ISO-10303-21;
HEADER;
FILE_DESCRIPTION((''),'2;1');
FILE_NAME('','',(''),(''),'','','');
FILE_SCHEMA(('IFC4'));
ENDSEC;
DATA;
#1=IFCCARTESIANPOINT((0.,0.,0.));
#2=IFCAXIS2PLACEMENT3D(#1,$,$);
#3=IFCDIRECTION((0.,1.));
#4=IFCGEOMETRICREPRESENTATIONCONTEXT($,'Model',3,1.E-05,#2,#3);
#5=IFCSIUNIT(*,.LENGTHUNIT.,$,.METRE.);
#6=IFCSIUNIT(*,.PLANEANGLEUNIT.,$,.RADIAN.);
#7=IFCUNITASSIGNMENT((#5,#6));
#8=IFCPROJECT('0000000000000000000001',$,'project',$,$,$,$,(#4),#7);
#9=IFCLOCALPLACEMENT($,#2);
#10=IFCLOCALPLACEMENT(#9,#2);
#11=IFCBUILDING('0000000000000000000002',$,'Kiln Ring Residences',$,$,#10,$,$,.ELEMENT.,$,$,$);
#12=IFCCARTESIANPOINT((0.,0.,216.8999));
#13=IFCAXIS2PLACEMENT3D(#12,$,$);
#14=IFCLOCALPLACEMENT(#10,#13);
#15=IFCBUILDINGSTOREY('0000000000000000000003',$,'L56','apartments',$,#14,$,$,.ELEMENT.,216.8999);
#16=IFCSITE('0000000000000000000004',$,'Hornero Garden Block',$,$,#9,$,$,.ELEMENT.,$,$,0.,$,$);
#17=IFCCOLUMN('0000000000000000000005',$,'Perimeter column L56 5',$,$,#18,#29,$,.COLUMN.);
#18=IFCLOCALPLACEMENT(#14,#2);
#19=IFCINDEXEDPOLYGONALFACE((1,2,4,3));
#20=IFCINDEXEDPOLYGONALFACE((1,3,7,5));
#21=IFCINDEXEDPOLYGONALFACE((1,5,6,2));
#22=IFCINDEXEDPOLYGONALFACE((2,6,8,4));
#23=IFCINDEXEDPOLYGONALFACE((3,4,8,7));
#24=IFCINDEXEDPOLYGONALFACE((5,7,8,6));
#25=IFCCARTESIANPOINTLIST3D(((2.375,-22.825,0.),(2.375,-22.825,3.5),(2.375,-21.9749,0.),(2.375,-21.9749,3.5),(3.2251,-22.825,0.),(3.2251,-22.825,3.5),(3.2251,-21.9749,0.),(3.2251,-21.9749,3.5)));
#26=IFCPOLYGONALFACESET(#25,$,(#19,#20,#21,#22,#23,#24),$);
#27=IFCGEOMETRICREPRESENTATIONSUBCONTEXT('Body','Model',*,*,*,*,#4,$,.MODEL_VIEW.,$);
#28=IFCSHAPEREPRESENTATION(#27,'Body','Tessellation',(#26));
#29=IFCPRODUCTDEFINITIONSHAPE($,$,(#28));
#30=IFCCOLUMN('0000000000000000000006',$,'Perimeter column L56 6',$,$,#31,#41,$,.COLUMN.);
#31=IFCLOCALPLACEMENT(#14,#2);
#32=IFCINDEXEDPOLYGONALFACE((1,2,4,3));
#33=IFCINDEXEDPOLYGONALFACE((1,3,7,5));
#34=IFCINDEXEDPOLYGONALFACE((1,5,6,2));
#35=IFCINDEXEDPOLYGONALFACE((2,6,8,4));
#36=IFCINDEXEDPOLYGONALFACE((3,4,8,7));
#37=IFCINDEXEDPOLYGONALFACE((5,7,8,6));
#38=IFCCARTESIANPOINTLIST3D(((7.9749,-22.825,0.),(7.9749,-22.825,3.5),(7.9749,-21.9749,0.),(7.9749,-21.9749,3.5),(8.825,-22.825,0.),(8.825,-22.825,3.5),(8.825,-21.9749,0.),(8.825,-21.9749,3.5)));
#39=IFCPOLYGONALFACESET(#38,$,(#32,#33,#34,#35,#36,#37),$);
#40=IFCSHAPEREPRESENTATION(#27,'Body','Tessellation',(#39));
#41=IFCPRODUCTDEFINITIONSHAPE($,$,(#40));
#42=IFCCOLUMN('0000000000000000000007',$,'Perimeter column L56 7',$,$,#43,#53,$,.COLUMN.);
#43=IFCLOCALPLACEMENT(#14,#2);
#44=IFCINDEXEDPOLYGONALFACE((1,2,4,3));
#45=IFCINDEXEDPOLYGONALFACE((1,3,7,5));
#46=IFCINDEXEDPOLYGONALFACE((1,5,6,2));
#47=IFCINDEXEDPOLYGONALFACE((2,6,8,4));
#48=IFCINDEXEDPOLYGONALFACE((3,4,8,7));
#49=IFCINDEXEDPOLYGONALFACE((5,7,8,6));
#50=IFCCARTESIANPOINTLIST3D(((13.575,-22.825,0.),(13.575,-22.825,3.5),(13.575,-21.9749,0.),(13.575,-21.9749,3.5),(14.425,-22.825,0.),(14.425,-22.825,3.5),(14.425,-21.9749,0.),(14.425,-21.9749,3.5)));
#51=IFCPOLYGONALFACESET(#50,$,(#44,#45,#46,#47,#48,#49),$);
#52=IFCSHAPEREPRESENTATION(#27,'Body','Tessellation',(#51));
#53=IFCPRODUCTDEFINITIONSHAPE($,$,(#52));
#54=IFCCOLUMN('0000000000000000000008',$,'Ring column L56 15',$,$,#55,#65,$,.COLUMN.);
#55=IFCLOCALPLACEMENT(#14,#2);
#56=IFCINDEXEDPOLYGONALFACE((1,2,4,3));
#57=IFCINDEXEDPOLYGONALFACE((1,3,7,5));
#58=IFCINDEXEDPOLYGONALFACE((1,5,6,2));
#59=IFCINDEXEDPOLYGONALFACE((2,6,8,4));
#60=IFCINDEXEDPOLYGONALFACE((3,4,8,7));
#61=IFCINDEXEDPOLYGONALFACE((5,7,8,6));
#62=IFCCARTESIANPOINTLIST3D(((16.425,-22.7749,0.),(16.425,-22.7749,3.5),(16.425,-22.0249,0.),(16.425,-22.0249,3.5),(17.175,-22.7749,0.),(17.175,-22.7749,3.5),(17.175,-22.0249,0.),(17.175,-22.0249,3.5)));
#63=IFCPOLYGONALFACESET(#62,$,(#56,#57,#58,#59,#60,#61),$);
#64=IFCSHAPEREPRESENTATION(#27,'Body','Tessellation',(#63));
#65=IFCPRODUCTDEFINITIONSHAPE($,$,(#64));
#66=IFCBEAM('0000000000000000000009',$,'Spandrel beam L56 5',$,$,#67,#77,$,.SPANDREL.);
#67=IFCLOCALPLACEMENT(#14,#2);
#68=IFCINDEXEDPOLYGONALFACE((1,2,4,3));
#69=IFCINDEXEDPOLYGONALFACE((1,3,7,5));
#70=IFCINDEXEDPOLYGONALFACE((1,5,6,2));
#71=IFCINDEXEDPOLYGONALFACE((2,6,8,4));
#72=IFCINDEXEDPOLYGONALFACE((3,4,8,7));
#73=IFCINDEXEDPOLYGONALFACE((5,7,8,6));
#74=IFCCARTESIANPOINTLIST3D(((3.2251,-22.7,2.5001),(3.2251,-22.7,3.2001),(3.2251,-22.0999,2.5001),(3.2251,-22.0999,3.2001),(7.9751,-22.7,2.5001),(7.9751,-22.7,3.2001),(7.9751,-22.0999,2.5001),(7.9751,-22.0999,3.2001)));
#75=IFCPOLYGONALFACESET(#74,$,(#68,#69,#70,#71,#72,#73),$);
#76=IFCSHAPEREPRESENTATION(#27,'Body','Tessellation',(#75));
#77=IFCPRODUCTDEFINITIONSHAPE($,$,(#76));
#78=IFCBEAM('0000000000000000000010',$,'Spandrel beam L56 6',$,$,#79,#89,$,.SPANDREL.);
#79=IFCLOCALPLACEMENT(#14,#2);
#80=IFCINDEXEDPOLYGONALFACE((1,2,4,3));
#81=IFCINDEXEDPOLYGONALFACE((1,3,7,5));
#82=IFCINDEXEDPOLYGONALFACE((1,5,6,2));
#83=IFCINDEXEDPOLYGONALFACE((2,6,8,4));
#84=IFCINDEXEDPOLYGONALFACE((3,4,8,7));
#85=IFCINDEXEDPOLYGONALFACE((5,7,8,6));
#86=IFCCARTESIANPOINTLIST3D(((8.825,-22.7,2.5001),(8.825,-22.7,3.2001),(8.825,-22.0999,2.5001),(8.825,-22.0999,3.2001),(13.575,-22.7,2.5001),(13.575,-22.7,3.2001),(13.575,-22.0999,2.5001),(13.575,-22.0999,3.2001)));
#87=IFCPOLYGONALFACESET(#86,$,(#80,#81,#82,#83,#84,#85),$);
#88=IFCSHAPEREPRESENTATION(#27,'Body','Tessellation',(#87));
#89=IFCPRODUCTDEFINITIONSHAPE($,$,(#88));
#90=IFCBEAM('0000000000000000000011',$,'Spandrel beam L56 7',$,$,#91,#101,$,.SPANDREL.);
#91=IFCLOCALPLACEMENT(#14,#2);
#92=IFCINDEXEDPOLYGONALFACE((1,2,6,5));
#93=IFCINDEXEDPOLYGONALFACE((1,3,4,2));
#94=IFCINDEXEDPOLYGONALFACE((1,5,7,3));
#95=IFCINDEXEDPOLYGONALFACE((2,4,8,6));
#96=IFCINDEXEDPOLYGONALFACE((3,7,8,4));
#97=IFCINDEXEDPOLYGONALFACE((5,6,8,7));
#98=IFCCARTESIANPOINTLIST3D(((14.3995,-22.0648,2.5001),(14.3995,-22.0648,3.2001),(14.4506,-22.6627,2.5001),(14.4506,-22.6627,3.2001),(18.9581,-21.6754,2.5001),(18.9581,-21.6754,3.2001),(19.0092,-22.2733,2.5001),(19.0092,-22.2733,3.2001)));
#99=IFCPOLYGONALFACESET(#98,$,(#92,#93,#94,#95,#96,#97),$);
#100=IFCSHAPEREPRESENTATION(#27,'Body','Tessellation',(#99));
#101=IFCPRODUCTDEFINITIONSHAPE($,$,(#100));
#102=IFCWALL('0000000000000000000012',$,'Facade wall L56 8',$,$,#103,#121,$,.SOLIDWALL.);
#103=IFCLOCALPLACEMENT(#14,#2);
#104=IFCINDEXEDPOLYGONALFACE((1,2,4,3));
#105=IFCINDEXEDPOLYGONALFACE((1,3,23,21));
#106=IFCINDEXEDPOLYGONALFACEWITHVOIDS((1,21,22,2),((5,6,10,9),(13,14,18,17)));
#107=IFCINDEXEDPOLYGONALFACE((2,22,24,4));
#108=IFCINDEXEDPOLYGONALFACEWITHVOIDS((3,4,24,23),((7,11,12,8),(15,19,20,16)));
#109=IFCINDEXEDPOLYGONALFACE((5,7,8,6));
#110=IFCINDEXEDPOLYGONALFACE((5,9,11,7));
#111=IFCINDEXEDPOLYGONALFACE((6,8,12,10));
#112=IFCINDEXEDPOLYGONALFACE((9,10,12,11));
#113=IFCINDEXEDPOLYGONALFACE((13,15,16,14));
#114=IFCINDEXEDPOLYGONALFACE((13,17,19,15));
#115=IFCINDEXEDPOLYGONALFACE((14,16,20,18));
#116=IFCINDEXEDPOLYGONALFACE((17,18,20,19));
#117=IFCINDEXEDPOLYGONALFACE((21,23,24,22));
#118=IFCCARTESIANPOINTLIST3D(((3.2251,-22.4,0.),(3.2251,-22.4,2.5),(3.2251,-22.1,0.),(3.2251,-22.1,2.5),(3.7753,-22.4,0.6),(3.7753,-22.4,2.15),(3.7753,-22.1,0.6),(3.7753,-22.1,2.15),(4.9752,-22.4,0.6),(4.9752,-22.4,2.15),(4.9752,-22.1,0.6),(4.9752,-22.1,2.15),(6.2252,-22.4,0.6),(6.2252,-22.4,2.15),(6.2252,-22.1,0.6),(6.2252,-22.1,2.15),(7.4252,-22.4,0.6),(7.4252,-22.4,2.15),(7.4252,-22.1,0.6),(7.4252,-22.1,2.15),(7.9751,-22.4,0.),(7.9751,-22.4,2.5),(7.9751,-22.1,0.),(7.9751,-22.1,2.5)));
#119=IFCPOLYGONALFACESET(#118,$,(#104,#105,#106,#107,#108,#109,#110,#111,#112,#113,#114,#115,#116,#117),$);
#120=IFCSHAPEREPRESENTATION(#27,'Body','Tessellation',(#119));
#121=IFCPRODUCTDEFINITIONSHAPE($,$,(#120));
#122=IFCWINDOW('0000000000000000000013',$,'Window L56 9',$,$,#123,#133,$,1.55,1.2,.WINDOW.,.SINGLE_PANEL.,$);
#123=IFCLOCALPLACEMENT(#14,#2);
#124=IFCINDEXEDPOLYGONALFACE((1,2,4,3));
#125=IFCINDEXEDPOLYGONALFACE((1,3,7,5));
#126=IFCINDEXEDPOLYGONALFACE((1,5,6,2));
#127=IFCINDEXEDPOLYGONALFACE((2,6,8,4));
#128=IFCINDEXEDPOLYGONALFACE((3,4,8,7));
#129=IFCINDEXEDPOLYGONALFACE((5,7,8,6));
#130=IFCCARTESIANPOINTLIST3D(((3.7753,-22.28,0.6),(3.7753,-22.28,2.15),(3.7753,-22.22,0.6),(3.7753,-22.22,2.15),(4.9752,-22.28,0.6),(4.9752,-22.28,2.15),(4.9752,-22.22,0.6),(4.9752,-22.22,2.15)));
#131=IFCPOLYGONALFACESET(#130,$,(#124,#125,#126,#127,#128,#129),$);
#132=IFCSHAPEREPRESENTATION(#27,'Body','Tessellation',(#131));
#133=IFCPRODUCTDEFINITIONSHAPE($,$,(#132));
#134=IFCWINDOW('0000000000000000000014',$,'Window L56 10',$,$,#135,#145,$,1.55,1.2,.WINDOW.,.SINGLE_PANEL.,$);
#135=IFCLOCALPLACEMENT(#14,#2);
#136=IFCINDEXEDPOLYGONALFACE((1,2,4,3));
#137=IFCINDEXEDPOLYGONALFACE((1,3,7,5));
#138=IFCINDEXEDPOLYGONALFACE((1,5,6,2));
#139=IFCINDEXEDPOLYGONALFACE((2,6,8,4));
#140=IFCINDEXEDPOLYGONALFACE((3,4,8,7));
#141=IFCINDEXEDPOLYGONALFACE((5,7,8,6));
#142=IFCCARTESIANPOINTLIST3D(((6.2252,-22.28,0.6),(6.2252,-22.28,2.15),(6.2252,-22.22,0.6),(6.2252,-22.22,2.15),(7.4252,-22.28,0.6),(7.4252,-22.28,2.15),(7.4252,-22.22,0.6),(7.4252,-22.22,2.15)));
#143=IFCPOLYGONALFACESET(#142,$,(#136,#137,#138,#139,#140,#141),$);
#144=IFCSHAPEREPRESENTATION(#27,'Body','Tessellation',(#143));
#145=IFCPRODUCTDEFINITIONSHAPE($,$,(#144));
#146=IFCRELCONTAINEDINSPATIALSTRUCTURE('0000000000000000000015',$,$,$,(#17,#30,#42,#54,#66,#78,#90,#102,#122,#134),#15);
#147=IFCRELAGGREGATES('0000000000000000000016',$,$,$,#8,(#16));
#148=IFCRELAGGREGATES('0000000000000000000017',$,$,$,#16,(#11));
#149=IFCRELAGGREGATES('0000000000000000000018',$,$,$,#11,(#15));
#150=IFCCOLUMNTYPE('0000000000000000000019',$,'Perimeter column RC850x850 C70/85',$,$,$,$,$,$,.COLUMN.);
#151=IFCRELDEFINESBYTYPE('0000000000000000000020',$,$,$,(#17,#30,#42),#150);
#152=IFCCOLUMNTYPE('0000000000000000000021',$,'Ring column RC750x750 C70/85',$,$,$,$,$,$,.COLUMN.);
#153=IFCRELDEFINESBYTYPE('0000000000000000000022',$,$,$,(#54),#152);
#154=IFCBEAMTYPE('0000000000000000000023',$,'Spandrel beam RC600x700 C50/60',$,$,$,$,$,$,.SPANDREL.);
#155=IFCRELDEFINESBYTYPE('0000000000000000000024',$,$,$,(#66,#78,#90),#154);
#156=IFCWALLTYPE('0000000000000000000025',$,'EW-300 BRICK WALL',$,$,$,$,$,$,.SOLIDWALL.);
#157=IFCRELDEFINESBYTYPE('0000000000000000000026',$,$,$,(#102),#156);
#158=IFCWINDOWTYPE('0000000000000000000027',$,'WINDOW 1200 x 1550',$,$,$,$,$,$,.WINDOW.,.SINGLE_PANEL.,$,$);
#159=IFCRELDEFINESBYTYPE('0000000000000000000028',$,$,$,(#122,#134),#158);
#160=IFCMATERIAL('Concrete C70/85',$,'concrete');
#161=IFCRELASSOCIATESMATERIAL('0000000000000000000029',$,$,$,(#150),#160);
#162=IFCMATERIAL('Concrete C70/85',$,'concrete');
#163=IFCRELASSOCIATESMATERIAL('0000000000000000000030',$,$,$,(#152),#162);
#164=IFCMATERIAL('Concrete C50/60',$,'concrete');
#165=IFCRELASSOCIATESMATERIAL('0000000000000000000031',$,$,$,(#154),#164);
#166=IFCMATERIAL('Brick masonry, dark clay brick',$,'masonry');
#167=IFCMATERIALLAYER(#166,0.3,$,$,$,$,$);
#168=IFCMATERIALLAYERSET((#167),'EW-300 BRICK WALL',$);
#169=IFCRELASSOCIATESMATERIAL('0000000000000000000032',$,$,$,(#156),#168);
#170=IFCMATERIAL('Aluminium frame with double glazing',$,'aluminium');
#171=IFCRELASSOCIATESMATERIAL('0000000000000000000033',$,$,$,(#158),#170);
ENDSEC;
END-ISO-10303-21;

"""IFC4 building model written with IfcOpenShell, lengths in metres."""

from ifc_helpers import new_model, si_unit, direction, frame, frame_2d, origin, origin_2d, place, context, subcontext, project, spatial, rectangle, extrude, material, layer, layer_set, material_profile, profile_set, type_object, element, fill, save


model = new_model("IFC4")

# Units and contexts
model_context = context("Model", 3, precision=1e-05, world=origin(), true_north=direction((0.0, 1.0)))
body_context = subcontext(model_context, "Body", "Model", "MODEL_VIEW")
ifc_project = project(units=[si_unit("LENGTHUNIT", "METRE"), si_unit("PLANEANGLEUNIT", "RADIAN")], contexts=[model_context])

# Site, building, storey
site_placement = place(None, origin())
site = spatial("IfcSite", under=ifc_project, at=site_placement, Name="Hornero Garden Block", CompositionType="ELEMENT", RefElevation=0.0)
building_placement = place(site_placement, origin())
building = spatial("IfcBuilding", under=site, at=building_placement, Name="Kiln Ring Residences", CompositionType="ELEMENT")
storey_placement = place(building_placement, frame((0.0, 0.0, 216.8999)))
storey = spatial("IfcBuildingStorey", under=building, at=storey_placement, Name="L56", Description="apartments", CompositionType="ELEMENT", Elevation=216.8999)

# Columns
ifc_material_1 = material(Name="Concrete C70/85", Category="concrete")
ifc_material_profile_1 = material_profile(ifc_material_1, rectangle(XDim=0.8501, YDim=0.8501, at=origin_2d()), Name="RC850x850")
ifc_profile_set_1 = profile_set([ifc_material_profile_1], Name="Concrete C70/85")
column_type_1 = type_object("IfcColumnType", Name="Perimeter column RC850x850 C70/85", PredefinedType="COLUMN", material=ifc_profile_set_1)
for number, where, z_axis, x_axis, name in (
    (1, (2.8, -22.3999, 0.0), (0.0, 0.0, 1.0), (1.0, 0.0, 0.0), "Perimeter column L56 5"),
    (2, (8.3999, -22.3999, 0.0), (0.0, 0.0, 1.0), (1.0, 0.0, 0.0), "Perimeter column L56 6"),
    (3, (14.0, -22.3999, 0.0), (0.0, 0.0, 1.0), (1.0, 0.0, 0.0), "Perimeter column L56 7"),
):
    element("IfcColumn", number, at=place(storey_placement, frame(where, z_axis=z_axis, x_axis=x_axis)), inside=storey, type_object=column_type_1, Name=name, PredefinedType="COLUMN", context=body_context, shape_type="SweptSolid", body=[
        extrude(rectangle(XDim=0.8501, YDim=0.8501, at=origin_2d()), origin(), (0.0, 0.0, 1.0), 3.5),
    ])
ifc_material_2 = material(Name="Concrete C70/85", Category="concrete")
ifc_material_profile_2 = material_profile(ifc_material_2, rectangle(XDim=0.75, YDim=0.75, at=origin_2d()), Name="RC750x750")
ifc_profile_set_2 = profile_set([ifc_material_profile_2], Name="Concrete C70/85")
column_type_2 = type_object("IfcColumnType", Name="Ring column RC750x750 C70/85", PredefinedType="COLUMN", material=ifc_profile_set_2)
column_placement = place(storey_placement, frame((16.8, -22.3999, 0.0), z_axis=(0.0, 0.0, 1.0), x_axis=(1.0, 0.0, 0.0)))
element("IfcColumn", 4, at=column_placement, inside=storey, type_object=column_type_2, Name="Ring column L56 15", PredefinedType="COLUMN", context=body_context, shape_type="SweptSolid", body=[
    extrude(rectangle(XDim=0.75, YDim=0.75, at=origin_2d()), origin(), (0.0, 0.0, 1.0), 3.5),
])

# Beams
ifc_material_3 = material(Name="Concrete C50/60", Category="concrete")
ifc_material_profile_3 = material_profile(ifc_material_3, rectangle(XDim=0.6001, YDim=0.7, at=origin_2d()), Name="RC600x700")
ifc_profile_set_3 = profile_set([ifc_material_profile_3], Name="Concrete C50/60")
beam_type = type_object("IfcBeamType", Name="Spandrel beam RC600x700 C50/60", PredefinedType="SPANDREL", material=ifc_profile_set_3)
for number, where, z_axis, x_axis, name in (
    (5, (3.2251, -22.3999, 2.8501), (1.0, 0.0, 0.0), (0.0, 1.0, 0.0), "Spandrel beam L56 5"),
    (6, (8.825, -22.3999, 2.8501), (1.0, 0.0, 0.0), (0.0, 1.0, 0.0), "Spandrel beam L56 6"),
):
    element("IfcBeam", number, at=place(storey_placement, frame(where, z_axis=z_axis, x_axis=x_axis)), inside=storey, type_object=beam_type, Name=name, PredefinedType="SPANDREL", context=body_context, shape_type="SweptSolid", body=[
        extrude(rectangle(XDim=0.6001, YDim=0.7, at=origin_2d()), origin(), (0.0, 0.0, 1.0), 4.75),
    ])
beam_placement = place(storey_placement, frame((14.425, -22.3638, 2.8501), z_axis=(0.996371, 0.085112, 0.0), x_axis=(-0.085112, 0.996371, 0.0)))
element("IfcBeam", 7, at=beam_placement, inside=storey, type_object=beam_type, Name="Spandrel beam L56 7", PredefinedType="SPANDREL", context=body_context, shape_type="SweptSolid", body=[
    extrude(rectangle(XDim=0.6001, YDim=0.7, at=origin_2d()), origin(), (0.0, 0.0, 1.0), 4.5752),
])

# Wall, openings, windows
ifc_material_4 = material(Name="Brick masonry, dark clay brick", Category="masonry")
ifc_layer_1 = layer(ifc_material_4, 0.3)
ifc_layer_set_1 = layer_set([ifc_layer_1], Name="EW-300 BRICK WALL")
wall_type_1 = type_object("IfcWallType", Name="EW-300 BRICK WALL", PredefinedType="SOLIDWALL", material=ifc_layer_set_1)
wall_1_placement = place(storey_placement, frame((3.2251, -22.25, 0.0), z_axis=(0.0, 0.0, 1.0), x_axis=(1.0, 0.0, 0.0)))
wall_1 = element("IfcWall", 8, at=wall_1_placement, inside=storey, type_object=wall_type_1, Name="Facade wall L56 8", PredefinedType="SOLIDWALL", context=body_context, shape_type="SweptSolid", body=[
    extrude(rectangle(XDim=4.75, YDim=0.3, at=frame_2d((2.375, 0.0))), origin(), (0.0, 0.0, 1.0), 2.5),
])
opening_1_placement = place(wall_1_placement, frame((0.55, 0.0, 0.6001)))
opening_1 = element("IfcOpeningElement", 9, at=opening_1_placement, cuts=wall_1, PredefinedType="OPENING", context=body_context, shape_type="SweptSolid", body=[
    extrude(rectangle(XDim=1.2, YDim=1.55, at=frame_2d((0.6001, 0.7749))), frame((0.0, 0.1599, 0.0), z_axis=(0.0, -1.0, 0.0), x_axis=(1.0, 0.0, 0.0)), (0.0, 0.0, 1.0), 0.3201),
])
opening_2_placement = place(wall_1_placement, frame((3.0, 0.0, 0.6001)))
opening_2 = element("IfcOpeningElement", 10, at=opening_2_placement, cuts=wall_1, PredefinedType="OPENING", context=body_context, shape_type="SweptSolid", body=[
    extrude(rectangle(XDim=1.2, YDim=1.55, at=frame_2d((0.6001, 0.7749))), frame((0.0, 0.1599, 0.0), z_axis=(0.0, -1.0, 0.0), x_axis=(1.0, 0.0, 0.0)), (0.0, 0.0, 1.0), 0.3201),
])
ifc_material_5 = material(Name="Aluminium frame with double glazing", Category="aluminium")
window_type_1 = type_object("IfcWindowType", Name="WINDOW 1200 x 1550", PartitioningType="SINGLE_PANEL", PredefinedType="WINDOW", material=ifc_material_5)
window_1_placement = place(opening_1_placement, origin())
window_1 = element("IfcWindow", 11, at=window_1_placement, inside=storey, type_object=window_type_1, Name="Window L56 9", OverallHeight=1.55, OverallWidth=1.2, PartitioningType="SINGLE_PANEL", PredefinedType="WINDOW", context=body_context, shape_type="SweptSolid", body=[
    extrude(rectangle(XDim=1.2, YDim=1.55, at=frame_2d((0.6001, 0.7749))), frame((0.0, 0.03, 0.0), z_axis=(0.0, -1.0, 0.0), x_axis=(1.0, 0.0, 0.0)), (0.0, 0.0, 1.0), 0.0601),
])
fill(opening_1, window_1)
window_2_placement = place(opening_2_placement, origin())
window_2 = element("IfcWindow", 12, at=window_2_placement, inside=storey, type_object=window_type_1, Name="Window L56 10", OverallHeight=1.55, OverallWidth=1.2, PartitioningType="SINGLE_PANEL", PredefinedType="WINDOW", context=body_context, shape_type="SweptSolid", body=[
    extrude(rectangle(XDim=1.2, YDim=1.55, at=frame_2d((0.6001, 0.7749))), frame((0.0, 0.03, 0.0), z_axis=(0.0, -1.0, 0.0), x_axis=(1.0, 0.0, 0.0)), (0.0, 0.0, 1.0), 0.0601),
])
fill(opening_2, window_2)

save(model, "model.ifc")
